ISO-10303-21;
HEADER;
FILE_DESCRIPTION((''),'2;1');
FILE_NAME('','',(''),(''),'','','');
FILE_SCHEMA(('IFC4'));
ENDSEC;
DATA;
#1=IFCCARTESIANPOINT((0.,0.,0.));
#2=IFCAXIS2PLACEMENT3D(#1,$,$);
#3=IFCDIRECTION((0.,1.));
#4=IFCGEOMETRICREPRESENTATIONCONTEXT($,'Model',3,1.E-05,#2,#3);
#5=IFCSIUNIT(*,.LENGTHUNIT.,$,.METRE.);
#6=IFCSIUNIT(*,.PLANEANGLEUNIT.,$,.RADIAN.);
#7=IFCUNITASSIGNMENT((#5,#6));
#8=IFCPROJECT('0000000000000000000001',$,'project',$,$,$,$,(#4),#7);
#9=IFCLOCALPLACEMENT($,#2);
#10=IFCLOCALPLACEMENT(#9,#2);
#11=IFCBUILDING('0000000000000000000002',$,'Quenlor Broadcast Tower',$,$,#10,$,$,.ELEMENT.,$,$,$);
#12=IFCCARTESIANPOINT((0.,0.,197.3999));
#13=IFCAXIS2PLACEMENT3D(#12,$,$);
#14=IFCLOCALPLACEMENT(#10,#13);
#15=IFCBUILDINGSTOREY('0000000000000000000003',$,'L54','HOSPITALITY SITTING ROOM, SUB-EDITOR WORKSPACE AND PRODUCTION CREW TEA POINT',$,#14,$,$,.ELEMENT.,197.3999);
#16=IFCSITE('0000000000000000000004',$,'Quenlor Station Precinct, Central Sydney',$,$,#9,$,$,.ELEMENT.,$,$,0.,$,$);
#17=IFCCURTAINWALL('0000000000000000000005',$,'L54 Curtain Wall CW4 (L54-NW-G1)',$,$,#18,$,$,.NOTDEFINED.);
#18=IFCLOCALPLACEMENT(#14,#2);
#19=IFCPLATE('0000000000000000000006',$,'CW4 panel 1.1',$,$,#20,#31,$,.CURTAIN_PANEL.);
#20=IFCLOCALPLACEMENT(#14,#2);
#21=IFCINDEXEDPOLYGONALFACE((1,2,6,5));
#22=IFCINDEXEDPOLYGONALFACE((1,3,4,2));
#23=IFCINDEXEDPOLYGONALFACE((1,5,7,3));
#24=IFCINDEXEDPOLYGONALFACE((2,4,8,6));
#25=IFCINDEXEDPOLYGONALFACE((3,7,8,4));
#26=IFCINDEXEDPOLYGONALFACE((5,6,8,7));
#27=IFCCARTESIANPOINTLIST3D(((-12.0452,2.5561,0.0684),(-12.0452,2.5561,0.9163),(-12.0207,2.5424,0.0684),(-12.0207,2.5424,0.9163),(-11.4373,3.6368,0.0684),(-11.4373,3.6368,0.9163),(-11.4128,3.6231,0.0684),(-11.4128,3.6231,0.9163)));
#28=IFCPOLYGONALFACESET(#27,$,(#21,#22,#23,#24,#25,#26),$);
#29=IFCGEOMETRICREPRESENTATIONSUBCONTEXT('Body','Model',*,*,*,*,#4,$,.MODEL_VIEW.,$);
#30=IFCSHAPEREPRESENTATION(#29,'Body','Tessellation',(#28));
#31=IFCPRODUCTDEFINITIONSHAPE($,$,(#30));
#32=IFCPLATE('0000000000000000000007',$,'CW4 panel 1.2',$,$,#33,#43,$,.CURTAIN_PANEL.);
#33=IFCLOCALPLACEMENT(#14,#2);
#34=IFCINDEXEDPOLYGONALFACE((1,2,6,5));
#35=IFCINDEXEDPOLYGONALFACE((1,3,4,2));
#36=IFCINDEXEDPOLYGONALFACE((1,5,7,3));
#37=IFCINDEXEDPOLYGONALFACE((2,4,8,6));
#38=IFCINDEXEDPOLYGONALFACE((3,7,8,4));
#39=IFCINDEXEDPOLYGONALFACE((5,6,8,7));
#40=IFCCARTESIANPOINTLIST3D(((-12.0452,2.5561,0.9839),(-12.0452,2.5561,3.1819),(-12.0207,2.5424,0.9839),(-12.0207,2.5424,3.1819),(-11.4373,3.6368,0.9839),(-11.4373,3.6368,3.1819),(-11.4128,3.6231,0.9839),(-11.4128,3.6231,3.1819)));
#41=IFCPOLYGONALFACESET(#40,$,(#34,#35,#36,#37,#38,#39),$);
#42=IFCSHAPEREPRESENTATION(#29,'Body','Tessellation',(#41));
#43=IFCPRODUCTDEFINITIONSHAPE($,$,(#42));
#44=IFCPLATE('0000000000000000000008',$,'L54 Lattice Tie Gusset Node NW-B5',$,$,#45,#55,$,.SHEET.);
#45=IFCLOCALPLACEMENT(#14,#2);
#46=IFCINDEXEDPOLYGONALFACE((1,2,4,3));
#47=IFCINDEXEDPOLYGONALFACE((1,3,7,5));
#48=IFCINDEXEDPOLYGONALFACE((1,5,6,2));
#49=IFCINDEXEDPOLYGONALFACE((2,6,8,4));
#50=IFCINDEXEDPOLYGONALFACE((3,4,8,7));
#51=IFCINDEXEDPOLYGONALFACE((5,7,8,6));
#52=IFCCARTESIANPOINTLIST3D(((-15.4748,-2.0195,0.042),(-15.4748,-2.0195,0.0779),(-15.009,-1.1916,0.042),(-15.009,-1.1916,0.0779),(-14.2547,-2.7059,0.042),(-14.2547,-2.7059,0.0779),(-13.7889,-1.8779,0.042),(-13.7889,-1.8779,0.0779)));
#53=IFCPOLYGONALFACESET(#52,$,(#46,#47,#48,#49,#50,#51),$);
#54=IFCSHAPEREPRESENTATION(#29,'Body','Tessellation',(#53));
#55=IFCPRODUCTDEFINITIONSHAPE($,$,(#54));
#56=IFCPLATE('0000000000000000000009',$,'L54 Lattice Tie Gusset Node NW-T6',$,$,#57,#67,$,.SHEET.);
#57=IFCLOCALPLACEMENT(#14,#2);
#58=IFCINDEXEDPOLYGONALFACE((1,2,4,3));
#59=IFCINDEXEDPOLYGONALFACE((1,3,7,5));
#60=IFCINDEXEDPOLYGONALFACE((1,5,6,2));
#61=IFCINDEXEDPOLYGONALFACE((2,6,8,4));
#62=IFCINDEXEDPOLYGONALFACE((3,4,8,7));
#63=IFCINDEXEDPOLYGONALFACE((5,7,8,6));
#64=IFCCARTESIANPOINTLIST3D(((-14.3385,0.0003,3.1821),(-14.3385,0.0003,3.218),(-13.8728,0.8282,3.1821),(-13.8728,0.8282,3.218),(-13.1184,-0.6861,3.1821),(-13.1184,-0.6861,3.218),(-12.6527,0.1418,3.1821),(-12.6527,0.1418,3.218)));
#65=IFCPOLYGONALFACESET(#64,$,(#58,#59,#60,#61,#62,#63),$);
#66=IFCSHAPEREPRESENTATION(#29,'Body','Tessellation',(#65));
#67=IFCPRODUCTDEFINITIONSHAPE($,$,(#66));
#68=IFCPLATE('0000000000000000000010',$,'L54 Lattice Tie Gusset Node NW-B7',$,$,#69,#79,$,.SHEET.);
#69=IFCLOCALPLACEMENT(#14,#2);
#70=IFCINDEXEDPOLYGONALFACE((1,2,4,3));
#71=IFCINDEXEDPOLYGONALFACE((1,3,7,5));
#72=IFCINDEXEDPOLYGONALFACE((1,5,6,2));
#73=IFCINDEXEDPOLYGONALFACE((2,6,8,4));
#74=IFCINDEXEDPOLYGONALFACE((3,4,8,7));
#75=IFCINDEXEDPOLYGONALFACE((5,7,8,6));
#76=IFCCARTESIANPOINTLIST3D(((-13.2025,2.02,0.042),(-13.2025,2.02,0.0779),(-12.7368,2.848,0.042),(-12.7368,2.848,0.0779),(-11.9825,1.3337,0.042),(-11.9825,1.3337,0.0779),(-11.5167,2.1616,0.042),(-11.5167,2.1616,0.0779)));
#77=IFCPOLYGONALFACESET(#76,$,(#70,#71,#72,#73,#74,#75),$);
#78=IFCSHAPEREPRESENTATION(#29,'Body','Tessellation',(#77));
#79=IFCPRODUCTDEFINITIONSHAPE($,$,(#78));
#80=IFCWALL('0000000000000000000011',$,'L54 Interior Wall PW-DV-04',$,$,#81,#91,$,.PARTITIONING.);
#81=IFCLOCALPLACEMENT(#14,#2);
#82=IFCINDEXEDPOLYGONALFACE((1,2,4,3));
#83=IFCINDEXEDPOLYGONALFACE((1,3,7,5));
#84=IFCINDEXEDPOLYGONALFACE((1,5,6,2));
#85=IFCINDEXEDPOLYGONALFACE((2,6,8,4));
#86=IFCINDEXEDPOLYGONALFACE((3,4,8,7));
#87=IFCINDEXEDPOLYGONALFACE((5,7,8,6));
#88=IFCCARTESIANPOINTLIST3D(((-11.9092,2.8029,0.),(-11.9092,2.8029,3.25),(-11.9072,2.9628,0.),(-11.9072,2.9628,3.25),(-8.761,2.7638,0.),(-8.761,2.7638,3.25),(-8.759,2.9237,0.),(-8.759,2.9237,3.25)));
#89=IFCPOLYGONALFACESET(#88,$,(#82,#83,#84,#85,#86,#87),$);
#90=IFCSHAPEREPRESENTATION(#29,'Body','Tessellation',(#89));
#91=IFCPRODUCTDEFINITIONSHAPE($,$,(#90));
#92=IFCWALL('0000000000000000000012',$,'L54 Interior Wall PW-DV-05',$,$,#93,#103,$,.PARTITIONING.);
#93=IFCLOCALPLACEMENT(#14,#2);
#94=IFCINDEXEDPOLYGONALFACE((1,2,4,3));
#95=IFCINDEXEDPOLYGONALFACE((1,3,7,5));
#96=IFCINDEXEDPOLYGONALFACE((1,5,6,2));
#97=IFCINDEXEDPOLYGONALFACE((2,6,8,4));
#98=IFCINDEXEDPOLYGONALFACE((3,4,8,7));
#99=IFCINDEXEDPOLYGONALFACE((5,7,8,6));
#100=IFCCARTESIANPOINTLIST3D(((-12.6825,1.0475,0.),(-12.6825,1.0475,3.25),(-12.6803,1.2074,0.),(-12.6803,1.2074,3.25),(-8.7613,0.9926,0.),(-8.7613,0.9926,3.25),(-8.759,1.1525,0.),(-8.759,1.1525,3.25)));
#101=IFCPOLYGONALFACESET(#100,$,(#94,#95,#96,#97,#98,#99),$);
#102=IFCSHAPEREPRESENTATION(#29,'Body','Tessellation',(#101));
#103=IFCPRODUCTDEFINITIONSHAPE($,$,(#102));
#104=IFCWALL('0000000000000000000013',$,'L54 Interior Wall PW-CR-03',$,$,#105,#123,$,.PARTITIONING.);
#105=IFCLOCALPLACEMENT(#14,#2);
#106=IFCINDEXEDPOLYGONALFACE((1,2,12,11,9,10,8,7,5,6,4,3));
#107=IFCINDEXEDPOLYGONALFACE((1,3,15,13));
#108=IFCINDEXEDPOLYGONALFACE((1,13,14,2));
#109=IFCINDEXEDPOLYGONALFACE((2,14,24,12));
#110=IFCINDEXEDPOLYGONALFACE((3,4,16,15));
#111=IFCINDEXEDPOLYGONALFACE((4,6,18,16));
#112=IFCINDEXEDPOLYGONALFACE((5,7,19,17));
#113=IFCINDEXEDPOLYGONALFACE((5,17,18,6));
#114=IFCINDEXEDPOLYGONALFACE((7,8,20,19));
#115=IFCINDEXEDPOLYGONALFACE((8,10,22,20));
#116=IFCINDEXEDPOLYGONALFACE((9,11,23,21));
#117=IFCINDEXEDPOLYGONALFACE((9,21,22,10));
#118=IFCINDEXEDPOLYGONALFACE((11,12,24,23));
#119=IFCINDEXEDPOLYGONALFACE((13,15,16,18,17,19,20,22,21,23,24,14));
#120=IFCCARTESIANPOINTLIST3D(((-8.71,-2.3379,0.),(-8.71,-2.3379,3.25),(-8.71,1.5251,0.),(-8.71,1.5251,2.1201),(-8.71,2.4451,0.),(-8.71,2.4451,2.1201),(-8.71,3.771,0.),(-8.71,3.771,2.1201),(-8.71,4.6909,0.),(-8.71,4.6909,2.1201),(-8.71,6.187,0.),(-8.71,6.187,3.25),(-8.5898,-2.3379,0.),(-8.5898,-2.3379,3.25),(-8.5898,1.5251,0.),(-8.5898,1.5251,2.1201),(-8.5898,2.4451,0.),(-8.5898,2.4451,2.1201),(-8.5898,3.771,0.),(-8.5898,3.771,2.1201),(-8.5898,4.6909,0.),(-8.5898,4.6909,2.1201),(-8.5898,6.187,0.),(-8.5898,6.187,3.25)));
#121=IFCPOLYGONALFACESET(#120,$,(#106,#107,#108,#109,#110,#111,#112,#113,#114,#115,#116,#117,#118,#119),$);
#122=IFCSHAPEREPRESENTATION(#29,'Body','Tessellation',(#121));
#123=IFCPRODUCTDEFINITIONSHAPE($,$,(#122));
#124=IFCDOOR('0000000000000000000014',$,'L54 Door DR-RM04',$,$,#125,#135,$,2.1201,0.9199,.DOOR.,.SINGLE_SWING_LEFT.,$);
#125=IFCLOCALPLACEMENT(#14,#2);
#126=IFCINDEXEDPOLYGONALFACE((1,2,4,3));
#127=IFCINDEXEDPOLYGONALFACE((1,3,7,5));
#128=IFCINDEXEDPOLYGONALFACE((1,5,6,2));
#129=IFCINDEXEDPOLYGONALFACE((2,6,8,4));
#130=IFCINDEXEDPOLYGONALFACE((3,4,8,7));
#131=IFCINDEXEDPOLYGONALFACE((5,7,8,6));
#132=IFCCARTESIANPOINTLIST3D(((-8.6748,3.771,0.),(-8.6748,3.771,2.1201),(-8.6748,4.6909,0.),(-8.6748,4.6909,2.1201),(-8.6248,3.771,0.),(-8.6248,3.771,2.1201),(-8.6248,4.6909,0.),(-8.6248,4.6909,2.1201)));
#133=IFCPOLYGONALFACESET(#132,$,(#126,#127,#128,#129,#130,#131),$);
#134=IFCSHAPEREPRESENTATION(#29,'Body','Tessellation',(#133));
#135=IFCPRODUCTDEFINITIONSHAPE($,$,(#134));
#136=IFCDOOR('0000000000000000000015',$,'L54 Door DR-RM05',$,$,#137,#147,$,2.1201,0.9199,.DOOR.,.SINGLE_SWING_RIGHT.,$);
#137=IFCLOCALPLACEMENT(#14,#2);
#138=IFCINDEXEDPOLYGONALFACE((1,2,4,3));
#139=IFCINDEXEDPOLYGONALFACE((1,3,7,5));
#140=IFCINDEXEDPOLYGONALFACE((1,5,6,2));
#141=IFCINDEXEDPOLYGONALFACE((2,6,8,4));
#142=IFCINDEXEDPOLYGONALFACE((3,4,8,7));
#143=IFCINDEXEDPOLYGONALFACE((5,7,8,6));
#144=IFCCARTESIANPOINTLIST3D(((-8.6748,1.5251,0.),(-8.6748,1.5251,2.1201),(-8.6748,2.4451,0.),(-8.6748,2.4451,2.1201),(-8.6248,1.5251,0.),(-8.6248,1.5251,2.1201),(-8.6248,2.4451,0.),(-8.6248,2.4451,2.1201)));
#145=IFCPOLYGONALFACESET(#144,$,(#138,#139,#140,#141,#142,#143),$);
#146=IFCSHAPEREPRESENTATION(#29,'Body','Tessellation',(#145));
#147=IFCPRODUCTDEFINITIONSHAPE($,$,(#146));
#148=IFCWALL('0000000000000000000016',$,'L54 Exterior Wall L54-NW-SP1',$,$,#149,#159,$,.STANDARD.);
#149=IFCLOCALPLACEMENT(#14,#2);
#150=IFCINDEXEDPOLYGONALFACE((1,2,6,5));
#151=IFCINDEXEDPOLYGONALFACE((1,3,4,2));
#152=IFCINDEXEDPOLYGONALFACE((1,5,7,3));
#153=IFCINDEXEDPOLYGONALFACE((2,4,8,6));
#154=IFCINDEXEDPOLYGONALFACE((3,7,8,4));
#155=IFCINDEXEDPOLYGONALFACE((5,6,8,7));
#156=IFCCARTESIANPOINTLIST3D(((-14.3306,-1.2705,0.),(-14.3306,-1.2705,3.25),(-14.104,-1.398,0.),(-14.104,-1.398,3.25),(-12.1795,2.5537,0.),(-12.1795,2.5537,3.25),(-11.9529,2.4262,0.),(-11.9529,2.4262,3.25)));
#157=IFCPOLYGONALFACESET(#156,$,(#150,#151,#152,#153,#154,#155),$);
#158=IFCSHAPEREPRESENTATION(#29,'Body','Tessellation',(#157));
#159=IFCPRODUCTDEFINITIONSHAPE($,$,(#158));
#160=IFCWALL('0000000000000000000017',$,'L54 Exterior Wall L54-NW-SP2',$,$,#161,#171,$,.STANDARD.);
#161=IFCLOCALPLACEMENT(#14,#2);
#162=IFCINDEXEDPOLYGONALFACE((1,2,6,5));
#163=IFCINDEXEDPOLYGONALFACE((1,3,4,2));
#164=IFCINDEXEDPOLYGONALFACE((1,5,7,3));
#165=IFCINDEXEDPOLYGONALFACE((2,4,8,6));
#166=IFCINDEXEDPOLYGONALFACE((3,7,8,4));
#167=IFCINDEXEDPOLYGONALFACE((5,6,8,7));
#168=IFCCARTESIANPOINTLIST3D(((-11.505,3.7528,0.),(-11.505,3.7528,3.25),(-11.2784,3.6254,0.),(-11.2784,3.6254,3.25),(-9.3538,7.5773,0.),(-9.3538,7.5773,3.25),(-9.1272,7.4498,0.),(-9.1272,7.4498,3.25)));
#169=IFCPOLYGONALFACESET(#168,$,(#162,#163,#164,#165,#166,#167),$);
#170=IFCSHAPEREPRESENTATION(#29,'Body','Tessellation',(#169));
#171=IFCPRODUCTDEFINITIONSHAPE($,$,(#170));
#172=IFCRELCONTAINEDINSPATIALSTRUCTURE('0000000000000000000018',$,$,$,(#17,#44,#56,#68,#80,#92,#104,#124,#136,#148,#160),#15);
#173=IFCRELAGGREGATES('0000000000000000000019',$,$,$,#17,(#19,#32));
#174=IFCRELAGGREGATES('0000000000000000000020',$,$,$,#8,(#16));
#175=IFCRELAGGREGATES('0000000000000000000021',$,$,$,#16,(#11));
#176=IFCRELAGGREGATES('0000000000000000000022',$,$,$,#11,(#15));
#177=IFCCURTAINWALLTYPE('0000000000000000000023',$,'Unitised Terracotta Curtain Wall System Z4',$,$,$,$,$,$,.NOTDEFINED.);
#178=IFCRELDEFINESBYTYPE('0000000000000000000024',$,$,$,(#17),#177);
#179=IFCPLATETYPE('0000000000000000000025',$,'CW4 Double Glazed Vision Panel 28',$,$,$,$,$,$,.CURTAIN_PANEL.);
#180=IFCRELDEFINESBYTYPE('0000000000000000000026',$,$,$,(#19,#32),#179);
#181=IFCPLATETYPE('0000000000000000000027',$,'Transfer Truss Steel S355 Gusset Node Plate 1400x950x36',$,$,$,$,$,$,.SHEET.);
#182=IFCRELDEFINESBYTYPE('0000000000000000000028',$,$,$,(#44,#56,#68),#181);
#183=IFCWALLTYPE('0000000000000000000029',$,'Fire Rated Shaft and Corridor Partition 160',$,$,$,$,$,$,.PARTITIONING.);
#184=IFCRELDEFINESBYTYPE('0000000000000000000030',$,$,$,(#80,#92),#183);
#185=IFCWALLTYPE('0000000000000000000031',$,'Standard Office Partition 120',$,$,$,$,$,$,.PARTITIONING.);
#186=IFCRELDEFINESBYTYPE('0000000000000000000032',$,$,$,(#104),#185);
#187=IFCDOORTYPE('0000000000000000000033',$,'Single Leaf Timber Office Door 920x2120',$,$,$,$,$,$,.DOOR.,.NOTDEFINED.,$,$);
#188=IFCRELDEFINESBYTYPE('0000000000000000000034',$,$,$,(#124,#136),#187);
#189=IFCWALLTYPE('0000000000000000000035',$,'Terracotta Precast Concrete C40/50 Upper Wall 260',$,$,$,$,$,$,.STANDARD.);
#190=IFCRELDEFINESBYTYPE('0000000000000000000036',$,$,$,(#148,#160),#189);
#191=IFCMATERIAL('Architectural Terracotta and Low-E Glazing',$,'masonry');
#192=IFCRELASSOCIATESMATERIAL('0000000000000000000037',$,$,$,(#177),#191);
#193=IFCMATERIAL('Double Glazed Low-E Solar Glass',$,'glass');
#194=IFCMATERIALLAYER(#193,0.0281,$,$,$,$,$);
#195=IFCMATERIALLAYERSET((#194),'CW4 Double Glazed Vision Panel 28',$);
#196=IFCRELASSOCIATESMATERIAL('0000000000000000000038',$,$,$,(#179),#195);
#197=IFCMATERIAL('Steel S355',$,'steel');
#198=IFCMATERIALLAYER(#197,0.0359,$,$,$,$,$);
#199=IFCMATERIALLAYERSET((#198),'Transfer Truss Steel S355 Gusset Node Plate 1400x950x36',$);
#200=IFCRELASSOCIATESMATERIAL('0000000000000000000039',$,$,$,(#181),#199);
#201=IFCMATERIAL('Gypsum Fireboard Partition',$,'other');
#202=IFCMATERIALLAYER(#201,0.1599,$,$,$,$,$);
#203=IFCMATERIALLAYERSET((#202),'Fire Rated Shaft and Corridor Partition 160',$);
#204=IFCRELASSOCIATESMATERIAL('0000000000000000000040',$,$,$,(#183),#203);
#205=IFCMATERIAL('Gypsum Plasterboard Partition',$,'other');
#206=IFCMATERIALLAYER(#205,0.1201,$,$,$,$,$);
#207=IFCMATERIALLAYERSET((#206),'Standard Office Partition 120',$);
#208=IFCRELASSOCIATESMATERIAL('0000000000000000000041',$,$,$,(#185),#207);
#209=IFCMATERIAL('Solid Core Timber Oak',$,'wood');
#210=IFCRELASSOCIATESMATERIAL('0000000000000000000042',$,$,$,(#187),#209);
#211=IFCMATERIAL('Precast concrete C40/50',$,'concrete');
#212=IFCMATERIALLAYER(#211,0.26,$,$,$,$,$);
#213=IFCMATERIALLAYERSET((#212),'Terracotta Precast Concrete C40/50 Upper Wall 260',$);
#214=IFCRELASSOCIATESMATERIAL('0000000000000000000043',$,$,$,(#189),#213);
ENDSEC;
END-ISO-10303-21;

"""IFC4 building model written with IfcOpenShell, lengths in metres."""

from ifc_helpers import new_model, si_unit, direction, frame, frame_2d, origin, origin_2d, place, context, subcontext, project, spatial, rectangle, extrude, material, layer, layer_set, type_object, element, fill, aggregate, save


model = new_model("IFC4")

# Units and contexts
model_context = context("Model", 3, precision=1e-05, world=origin(), true_north=direction((0.0, 1.0)))
body_context = subcontext(model_context, "Body", "Model", "MODEL_VIEW")
ifc_project = project(units=[si_unit("LENGTHUNIT", "METRE"), si_unit("PLANEANGLEUNIT", "RADIAN")], contexts=[model_context])

# Site, building, storey
site_placement = place(None, origin())
site = spatial("IfcSite", under=ifc_project, at=site_placement, Name="Quenlor Station Precinct, Central Sydney", CompositionType="ELEMENT", RefElevation=0.0)
building_placement = place(site_placement, origin())
building = spatial("IfcBuilding", under=site, at=building_placement, Name="Quenlor Broadcast Tower", CompositionType="ELEMENT")
storey_placement = place(building_placement, frame((0.0, 0.0, 197.3999)))
storey = spatial("IfcBuildingStorey", under=building, at=storey_placement, Name="L54", Description="HOSPITALITY SITTING ROOM, SUB-EDITOR WORKSPACE AND PRODUCTION CREW TEA POINT", CompositionType="ELEMENT", Elevation=197.3999)

# Curtain wall
ifc_material_1 = material(Name="Architectural Terracotta and Low-E Glazing", Category="masonry")
curtain_wall_type = type_object("IfcCurtainWallType", Name="Unitised Terracotta Curtain Wall System Z4", PredefinedType="NOTDEFINED", material=ifc_material_1)
curtain_wall_placement = place(storey_placement, origin())
curtain_wall = element("IfcCurtainWall", 1, at=curtain_wall_placement, inside=storey, type_object=curtain_wall_type, Name="L54 Curtain Wall CW4 (L54-NW-G1)", PredefinedType="NOTDEFINED")

# Plates
ifc_material_2 = material(Name="Double Glazed Low-E Solar Glass", Category="glass")
ifc_layer_1 = layer(ifc_material_2, 0.0281)
ifc_layer_set_1 = layer_set([ifc_layer_1], Name="CW4 Double Glazed Vision Panel 28")
plate_type_1 = type_object("IfcPlateType", Name="CW4 Double Glazed Vision Panel 28", PredefinedType="CURTAIN_PANEL", material=ifc_layer_set_1)
plate_1_placement = place(storey_placement, frame((-11.729, 3.0896, 0.0684), z_axis=(0.0, 0.0, 1.0), x_axis=(0.490289, 0.87156, 0.0)))
plate_1 = element("IfcPlate", 2, at=plate_1_placement, type_object=plate_type_1, Name="CW4 panel 1.1", PredefinedType="CURTAIN_PANEL", context=body_context, shape_type="SweptSolid", body=[
    extrude(rectangle(XDim=1.24, YDim=0.0281, at=origin_2d()), origin(), (0.0, 0.0, 1.0), 0.8479),
])
plate_2_placement = place(storey_placement, frame((-11.729, 3.0896, 0.9839), z_axis=(0.0, 0.0, 1.0), x_axis=(0.490289, 0.87156, 0.0)))
plate_2 = element("IfcPlate", 3, at=plate_2_placement, type_object=plate_type_1, Name="CW4 panel 1.2", PredefinedType="CURTAIN_PANEL", context=body_context, shape_type="SweptSolid", body=[
    extrude(rectangle(XDim=1.24, YDim=0.0281, at=origin_2d()), origin(), (0.0, 0.0, 1.0), 2.198),
])
aggregate(curtain_wall, [plate_1, plate_2])

# Plates
ifc_material_3 = material(Name="Steel S355", Category="steel")
ifc_layer_2 = layer(ifc_material_3, 0.0359)
ifc_layer_set_2 = layer_set([ifc_layer_2], Name="Transfer Truss Steel S355 Gusset Node Plate 1400x950x36")
plate_type_2 = type_object("IfcPlateType", Name="Transfer Truss Steel S355 Gusset Node Plate 1400x950x36", PredefinedType="SHEET", material=ifc_layer_set_2)
for number, where, z_axis, x_axis, name in (
    (4, (-14.6318, -1.9487, 0.042), (0.0, 0.0, 1.0), (-0.871556, 0.490295, 0.0), "L54 Lattice Tie Gusset Node NW-B5"),
    (5, (-13.4956, 0.071, 3.1821), (0.0, 0.0, 1.0), (-0.871556, 0.490295, 0.0), "L54 Lattice Tie Gusset Node NW-T6"),
    (6, (-12.3596, 2.0908, 0.042), (0.0, 0.0, 1.0), (-0.871556, 0.490295, 0.0), "L54 Lattice Tie Gusset Node NW-B7"),
):
    element("IfcPlate", number, at=place(storey_placement, frame(where, z_axis=z_axis, x_axis=x_axis)), inside=storey, type_object=plate_type_2, Name=name, PredefinedType="SHEET", context=body_context, shape_type="SweptSolid", body=[
        extrude(rectangle(XDim=1.3999, YDim=0.95, at=origin_2d()), origin(), (0.0, 0.0, 1.0), 0.0359),
    ])

# Walls
ifc_material_4 = material(Name="Gypsum Fireboard Partition", Category="other")
ifc_layer_3 = layer(ifc_material_4, 0.1599)
ifc_layer_set_3 = layer_set([ifc_layer_3], Name="Fire Rated Shaft and Corridor Partition 160")
wall_type_1 = type_object("IfcWallType", Name="Fire Rated Shaft and Corridor Partition 160", PredefinedType="PARTITIONING", material=ifc_layer_set_3)
wall_1_placement = place(storey_placement, frame((-8.76, 2.8438, 0.0), z_axis=(0.0, 0.0, 1.0), x_axis=(-0.999923, 0.012407, 0.0)))
element("IfcWall", 7, at=wall_1_placement, inside=storey, type_object=wall_type_1, Name="L54 Interior Wall PW-DV-04", PredefinedType="PARTITIONING", context=body_context, shape_type="SweptSolid", body=[
    extrude(rectangle(XDim=3.1484, YDim=0.1599, at=frame_2d((1.5742, 0.0))), origin(), (0.0, 0.0, 1.0), 3.25),
])
wall_2_placement = place(storey_placement, frame((-8.76, 1.0725, 0.0), z_axis=(0.0, 0.0, 1.0), x_axis=(-0.999902, 0.014008, 0.0)))
element("IfcWall", 8, at=wall_2_placement, inside=storey, type_object=wall_type_1, Name="L54 Interior Wall PW-DV-05", PredefinedType="PARTITIONING", context=body_context, shape_type="SweptSolid", body=[
    extrude(rectangle(XDim=3.9216, YDim=0.1599, at=frame_2d((1.9609, 0.0))), origin(), (0.0, 0.0, 1.0), 3.25),
])

# Wall, openings, doors
ifc_material_5 = material(Name="Gypsum Plasterboard Partition", Category="other")
ifc_layer_4 = layer(ifc_material_5, 0.1201)
ifc_layer_set_4 = layer_set([ifc_layer_4], Name="Standard Office Partition 120")
wall_type_2 = type_object("IfcWallType", Name="Standard Office Partition 120", PredefinedType="PARTITIONING", material=ifc_layer_set_4)
wall_3_placement = place(storey_placement, frame((-8.6499, -2.3379, 0.0), z_axis=(0.0, 0.0, 1.0), x_axis=(0.0, 1.0, 0.0)))
wall_3 = element("IfcWall", 9, at=wall_3_placement, inside=storey, type_object=wall_type_2, Name="L54 Interior Wall PW-CR-03", PredefinedType="PARTITIONING", context=body_context, shape_type="SweptSolid", body=[
    extrude(rectangle(XDim=8.5249, YDim=0.1201, at=frame_2d((4.2625, 0.0))), origin(), (0.0, 0.0, 1.0), 3.25),
])
opening_1_placement = place(wall_3_placement, frame((6.1089, 0.0, 0.0)))
opening_1 = element("IfcOpeningElement", 10, at=opening_1_placement, cuts=wall_3, PredefinedType="OPENING", context=body_context, shape_type="SweptSolid", body=[
    extrude(rectangle(XDim=0.9199, YDim=2.1201, at=frame_2d((0.46, 1.0601))), frame((0.0, 0.0701, 0.0), z_axis=(0.0, -1.0, 0.0), x_axis=(1.0, 0.0, 0.0)), (0.0, 0.0, 1.0), 0.1401),
])
opening_2_placement = place(wall_3_placement, frame((3.863, 0.0, 0.0)))
opening_2 = element("IfcOpeningElement", 11, at=opening_2_placement, cuts=wall_3, PredefinedType="OPENING", context=body_context, shape_type="SweptSolid", body=[
    extrude(rectangle(XDim=0.9199, YDim=2.1201, at=frame_2d((0.46, 1.0601))), frame((0.0, 0.0701, 0.0), z_axis=(0.0, -1.0, 0.0), x_axis=(1.0, 0.0, 0.0)), (0.0, 0.0, 1.0), 0.1401),
])
ifc_material_6 = material(Name="Solid Core Timber Oak", Category="wood")
door_type = type_object("IfcDoorType", Name="Single Leaf Timber Office Door 920x2120", OperationType="NOTDEFINED", PredefinedType="DOOR", material=ifc_material_6)
door_1_placement = place(opening_1_placement, origin())
door_1 = element("IfcDoor", 12, at=door_1_placement, inside=storey, type_object=door_type, Name="L54 Door DR-RM04", OperationType="SINGLE_SWING_LEFT", OverallHeight=2.1201, OverallWidth=0.9199, PredefinedType="DOOR", context=body_context, shape_type="SweptSolid", body=[
    extrude(rectangle(XDim=0.9199, YDim=2.1201, at=frame_2d((0.46, 1.0601))), frame((0.0, 0.0249, 0.0), z_axis=(0.0, -1.0, 0.0), x_axis=(1.0, 0.0, 0.0)), (0.0, 0.0, 1.0), 0.05),
])
fill(opening_1, door_1)
door_2_placement = place(opening_2_placement, origin())
door_2 = element("IfcDoor", 13, at=door_2_placement, inside=storey, type_object=door_type, Name="L54 Door DR-RM05", OperationType="SINGLE_SWING_RIGHT", OverallHeight=2.1201, OverallWidth=0.9199, PredefinedType="DOOR", context=body_context, shape_type="SweptSolid", body=[
    extrude(rectangle(XDim=0.9199, YDim=2.1201, at=frame_2d((0.46, 1.0601))), frame((0.0, 0.0249, 0.0), z_axis=(0.0, -1.0, 0.0), x_axis=(1.0, 0.0, 0.0)), (0.0, 0.0, 1.0), 0.05),
])
fill(opening_2, door_2)

# Walls
ifc_material_7 = material(Name="Precast concrete C40/50", Category="concrete")
ifc_layer_5 = layer(ifc_material_7, 0.26)
ifc_layer_set_5 = layer_set([ifc_layer_5], Name="Terracotta Precast Concrete C40/50 Upper Wall 260")
wall_type_3 = type_object("IfcWallType", Name="Terracotta Precast Concrete C40/50 Upper Wall 260", PredefinedType="STANDARD", material=ifc_layer_set_5)
wall_4_placement = place(storey_placement, frame((-14.2173, -1.3342, 0.0), z_axis=(0.0, 0.0, 1.0), x_axis=(0.490261, 0.871576, 0.0)))
element("IfcWall", 14, at=wall_4_placement, inside=storey, type_object=wall_type_3, Name="L54 Exterior Wall L54-NW-SP1", PredefinedType="STANDARD", context=body_context, shape_type="SweptSolid", body=[
    extrude(rectangle(XDim=4.3877, YDim=0.26, at=frame_2d((2.1938, 0.0))), origin(), (0.0, 0.0, 1.0), 3.25),
])
wall_5_placement = place(storey_placement, frame((-11.3916, 3.6892, 0.0), z_axis=(0.0, 0.0, 1.0), x_axis=(0.490237, 0.871589, 0.0)))
element("IfcWall", 15, at=wall_5_placement, inside=storey, type_object=wall_type_3, Name="L54 Exterior Wall L54-NW-SP2", PredefinedType="STANDARD", context=body_context, shape_type="SweptSolid", body=[
    extrude(rectangle(XDim=4.3879, YDim=0.26, at=frame_2d((2.1938, 0.0))), origin(), (0.0, 0.0, 1.0), 3.25),
])

save(model, "model.ifc")
